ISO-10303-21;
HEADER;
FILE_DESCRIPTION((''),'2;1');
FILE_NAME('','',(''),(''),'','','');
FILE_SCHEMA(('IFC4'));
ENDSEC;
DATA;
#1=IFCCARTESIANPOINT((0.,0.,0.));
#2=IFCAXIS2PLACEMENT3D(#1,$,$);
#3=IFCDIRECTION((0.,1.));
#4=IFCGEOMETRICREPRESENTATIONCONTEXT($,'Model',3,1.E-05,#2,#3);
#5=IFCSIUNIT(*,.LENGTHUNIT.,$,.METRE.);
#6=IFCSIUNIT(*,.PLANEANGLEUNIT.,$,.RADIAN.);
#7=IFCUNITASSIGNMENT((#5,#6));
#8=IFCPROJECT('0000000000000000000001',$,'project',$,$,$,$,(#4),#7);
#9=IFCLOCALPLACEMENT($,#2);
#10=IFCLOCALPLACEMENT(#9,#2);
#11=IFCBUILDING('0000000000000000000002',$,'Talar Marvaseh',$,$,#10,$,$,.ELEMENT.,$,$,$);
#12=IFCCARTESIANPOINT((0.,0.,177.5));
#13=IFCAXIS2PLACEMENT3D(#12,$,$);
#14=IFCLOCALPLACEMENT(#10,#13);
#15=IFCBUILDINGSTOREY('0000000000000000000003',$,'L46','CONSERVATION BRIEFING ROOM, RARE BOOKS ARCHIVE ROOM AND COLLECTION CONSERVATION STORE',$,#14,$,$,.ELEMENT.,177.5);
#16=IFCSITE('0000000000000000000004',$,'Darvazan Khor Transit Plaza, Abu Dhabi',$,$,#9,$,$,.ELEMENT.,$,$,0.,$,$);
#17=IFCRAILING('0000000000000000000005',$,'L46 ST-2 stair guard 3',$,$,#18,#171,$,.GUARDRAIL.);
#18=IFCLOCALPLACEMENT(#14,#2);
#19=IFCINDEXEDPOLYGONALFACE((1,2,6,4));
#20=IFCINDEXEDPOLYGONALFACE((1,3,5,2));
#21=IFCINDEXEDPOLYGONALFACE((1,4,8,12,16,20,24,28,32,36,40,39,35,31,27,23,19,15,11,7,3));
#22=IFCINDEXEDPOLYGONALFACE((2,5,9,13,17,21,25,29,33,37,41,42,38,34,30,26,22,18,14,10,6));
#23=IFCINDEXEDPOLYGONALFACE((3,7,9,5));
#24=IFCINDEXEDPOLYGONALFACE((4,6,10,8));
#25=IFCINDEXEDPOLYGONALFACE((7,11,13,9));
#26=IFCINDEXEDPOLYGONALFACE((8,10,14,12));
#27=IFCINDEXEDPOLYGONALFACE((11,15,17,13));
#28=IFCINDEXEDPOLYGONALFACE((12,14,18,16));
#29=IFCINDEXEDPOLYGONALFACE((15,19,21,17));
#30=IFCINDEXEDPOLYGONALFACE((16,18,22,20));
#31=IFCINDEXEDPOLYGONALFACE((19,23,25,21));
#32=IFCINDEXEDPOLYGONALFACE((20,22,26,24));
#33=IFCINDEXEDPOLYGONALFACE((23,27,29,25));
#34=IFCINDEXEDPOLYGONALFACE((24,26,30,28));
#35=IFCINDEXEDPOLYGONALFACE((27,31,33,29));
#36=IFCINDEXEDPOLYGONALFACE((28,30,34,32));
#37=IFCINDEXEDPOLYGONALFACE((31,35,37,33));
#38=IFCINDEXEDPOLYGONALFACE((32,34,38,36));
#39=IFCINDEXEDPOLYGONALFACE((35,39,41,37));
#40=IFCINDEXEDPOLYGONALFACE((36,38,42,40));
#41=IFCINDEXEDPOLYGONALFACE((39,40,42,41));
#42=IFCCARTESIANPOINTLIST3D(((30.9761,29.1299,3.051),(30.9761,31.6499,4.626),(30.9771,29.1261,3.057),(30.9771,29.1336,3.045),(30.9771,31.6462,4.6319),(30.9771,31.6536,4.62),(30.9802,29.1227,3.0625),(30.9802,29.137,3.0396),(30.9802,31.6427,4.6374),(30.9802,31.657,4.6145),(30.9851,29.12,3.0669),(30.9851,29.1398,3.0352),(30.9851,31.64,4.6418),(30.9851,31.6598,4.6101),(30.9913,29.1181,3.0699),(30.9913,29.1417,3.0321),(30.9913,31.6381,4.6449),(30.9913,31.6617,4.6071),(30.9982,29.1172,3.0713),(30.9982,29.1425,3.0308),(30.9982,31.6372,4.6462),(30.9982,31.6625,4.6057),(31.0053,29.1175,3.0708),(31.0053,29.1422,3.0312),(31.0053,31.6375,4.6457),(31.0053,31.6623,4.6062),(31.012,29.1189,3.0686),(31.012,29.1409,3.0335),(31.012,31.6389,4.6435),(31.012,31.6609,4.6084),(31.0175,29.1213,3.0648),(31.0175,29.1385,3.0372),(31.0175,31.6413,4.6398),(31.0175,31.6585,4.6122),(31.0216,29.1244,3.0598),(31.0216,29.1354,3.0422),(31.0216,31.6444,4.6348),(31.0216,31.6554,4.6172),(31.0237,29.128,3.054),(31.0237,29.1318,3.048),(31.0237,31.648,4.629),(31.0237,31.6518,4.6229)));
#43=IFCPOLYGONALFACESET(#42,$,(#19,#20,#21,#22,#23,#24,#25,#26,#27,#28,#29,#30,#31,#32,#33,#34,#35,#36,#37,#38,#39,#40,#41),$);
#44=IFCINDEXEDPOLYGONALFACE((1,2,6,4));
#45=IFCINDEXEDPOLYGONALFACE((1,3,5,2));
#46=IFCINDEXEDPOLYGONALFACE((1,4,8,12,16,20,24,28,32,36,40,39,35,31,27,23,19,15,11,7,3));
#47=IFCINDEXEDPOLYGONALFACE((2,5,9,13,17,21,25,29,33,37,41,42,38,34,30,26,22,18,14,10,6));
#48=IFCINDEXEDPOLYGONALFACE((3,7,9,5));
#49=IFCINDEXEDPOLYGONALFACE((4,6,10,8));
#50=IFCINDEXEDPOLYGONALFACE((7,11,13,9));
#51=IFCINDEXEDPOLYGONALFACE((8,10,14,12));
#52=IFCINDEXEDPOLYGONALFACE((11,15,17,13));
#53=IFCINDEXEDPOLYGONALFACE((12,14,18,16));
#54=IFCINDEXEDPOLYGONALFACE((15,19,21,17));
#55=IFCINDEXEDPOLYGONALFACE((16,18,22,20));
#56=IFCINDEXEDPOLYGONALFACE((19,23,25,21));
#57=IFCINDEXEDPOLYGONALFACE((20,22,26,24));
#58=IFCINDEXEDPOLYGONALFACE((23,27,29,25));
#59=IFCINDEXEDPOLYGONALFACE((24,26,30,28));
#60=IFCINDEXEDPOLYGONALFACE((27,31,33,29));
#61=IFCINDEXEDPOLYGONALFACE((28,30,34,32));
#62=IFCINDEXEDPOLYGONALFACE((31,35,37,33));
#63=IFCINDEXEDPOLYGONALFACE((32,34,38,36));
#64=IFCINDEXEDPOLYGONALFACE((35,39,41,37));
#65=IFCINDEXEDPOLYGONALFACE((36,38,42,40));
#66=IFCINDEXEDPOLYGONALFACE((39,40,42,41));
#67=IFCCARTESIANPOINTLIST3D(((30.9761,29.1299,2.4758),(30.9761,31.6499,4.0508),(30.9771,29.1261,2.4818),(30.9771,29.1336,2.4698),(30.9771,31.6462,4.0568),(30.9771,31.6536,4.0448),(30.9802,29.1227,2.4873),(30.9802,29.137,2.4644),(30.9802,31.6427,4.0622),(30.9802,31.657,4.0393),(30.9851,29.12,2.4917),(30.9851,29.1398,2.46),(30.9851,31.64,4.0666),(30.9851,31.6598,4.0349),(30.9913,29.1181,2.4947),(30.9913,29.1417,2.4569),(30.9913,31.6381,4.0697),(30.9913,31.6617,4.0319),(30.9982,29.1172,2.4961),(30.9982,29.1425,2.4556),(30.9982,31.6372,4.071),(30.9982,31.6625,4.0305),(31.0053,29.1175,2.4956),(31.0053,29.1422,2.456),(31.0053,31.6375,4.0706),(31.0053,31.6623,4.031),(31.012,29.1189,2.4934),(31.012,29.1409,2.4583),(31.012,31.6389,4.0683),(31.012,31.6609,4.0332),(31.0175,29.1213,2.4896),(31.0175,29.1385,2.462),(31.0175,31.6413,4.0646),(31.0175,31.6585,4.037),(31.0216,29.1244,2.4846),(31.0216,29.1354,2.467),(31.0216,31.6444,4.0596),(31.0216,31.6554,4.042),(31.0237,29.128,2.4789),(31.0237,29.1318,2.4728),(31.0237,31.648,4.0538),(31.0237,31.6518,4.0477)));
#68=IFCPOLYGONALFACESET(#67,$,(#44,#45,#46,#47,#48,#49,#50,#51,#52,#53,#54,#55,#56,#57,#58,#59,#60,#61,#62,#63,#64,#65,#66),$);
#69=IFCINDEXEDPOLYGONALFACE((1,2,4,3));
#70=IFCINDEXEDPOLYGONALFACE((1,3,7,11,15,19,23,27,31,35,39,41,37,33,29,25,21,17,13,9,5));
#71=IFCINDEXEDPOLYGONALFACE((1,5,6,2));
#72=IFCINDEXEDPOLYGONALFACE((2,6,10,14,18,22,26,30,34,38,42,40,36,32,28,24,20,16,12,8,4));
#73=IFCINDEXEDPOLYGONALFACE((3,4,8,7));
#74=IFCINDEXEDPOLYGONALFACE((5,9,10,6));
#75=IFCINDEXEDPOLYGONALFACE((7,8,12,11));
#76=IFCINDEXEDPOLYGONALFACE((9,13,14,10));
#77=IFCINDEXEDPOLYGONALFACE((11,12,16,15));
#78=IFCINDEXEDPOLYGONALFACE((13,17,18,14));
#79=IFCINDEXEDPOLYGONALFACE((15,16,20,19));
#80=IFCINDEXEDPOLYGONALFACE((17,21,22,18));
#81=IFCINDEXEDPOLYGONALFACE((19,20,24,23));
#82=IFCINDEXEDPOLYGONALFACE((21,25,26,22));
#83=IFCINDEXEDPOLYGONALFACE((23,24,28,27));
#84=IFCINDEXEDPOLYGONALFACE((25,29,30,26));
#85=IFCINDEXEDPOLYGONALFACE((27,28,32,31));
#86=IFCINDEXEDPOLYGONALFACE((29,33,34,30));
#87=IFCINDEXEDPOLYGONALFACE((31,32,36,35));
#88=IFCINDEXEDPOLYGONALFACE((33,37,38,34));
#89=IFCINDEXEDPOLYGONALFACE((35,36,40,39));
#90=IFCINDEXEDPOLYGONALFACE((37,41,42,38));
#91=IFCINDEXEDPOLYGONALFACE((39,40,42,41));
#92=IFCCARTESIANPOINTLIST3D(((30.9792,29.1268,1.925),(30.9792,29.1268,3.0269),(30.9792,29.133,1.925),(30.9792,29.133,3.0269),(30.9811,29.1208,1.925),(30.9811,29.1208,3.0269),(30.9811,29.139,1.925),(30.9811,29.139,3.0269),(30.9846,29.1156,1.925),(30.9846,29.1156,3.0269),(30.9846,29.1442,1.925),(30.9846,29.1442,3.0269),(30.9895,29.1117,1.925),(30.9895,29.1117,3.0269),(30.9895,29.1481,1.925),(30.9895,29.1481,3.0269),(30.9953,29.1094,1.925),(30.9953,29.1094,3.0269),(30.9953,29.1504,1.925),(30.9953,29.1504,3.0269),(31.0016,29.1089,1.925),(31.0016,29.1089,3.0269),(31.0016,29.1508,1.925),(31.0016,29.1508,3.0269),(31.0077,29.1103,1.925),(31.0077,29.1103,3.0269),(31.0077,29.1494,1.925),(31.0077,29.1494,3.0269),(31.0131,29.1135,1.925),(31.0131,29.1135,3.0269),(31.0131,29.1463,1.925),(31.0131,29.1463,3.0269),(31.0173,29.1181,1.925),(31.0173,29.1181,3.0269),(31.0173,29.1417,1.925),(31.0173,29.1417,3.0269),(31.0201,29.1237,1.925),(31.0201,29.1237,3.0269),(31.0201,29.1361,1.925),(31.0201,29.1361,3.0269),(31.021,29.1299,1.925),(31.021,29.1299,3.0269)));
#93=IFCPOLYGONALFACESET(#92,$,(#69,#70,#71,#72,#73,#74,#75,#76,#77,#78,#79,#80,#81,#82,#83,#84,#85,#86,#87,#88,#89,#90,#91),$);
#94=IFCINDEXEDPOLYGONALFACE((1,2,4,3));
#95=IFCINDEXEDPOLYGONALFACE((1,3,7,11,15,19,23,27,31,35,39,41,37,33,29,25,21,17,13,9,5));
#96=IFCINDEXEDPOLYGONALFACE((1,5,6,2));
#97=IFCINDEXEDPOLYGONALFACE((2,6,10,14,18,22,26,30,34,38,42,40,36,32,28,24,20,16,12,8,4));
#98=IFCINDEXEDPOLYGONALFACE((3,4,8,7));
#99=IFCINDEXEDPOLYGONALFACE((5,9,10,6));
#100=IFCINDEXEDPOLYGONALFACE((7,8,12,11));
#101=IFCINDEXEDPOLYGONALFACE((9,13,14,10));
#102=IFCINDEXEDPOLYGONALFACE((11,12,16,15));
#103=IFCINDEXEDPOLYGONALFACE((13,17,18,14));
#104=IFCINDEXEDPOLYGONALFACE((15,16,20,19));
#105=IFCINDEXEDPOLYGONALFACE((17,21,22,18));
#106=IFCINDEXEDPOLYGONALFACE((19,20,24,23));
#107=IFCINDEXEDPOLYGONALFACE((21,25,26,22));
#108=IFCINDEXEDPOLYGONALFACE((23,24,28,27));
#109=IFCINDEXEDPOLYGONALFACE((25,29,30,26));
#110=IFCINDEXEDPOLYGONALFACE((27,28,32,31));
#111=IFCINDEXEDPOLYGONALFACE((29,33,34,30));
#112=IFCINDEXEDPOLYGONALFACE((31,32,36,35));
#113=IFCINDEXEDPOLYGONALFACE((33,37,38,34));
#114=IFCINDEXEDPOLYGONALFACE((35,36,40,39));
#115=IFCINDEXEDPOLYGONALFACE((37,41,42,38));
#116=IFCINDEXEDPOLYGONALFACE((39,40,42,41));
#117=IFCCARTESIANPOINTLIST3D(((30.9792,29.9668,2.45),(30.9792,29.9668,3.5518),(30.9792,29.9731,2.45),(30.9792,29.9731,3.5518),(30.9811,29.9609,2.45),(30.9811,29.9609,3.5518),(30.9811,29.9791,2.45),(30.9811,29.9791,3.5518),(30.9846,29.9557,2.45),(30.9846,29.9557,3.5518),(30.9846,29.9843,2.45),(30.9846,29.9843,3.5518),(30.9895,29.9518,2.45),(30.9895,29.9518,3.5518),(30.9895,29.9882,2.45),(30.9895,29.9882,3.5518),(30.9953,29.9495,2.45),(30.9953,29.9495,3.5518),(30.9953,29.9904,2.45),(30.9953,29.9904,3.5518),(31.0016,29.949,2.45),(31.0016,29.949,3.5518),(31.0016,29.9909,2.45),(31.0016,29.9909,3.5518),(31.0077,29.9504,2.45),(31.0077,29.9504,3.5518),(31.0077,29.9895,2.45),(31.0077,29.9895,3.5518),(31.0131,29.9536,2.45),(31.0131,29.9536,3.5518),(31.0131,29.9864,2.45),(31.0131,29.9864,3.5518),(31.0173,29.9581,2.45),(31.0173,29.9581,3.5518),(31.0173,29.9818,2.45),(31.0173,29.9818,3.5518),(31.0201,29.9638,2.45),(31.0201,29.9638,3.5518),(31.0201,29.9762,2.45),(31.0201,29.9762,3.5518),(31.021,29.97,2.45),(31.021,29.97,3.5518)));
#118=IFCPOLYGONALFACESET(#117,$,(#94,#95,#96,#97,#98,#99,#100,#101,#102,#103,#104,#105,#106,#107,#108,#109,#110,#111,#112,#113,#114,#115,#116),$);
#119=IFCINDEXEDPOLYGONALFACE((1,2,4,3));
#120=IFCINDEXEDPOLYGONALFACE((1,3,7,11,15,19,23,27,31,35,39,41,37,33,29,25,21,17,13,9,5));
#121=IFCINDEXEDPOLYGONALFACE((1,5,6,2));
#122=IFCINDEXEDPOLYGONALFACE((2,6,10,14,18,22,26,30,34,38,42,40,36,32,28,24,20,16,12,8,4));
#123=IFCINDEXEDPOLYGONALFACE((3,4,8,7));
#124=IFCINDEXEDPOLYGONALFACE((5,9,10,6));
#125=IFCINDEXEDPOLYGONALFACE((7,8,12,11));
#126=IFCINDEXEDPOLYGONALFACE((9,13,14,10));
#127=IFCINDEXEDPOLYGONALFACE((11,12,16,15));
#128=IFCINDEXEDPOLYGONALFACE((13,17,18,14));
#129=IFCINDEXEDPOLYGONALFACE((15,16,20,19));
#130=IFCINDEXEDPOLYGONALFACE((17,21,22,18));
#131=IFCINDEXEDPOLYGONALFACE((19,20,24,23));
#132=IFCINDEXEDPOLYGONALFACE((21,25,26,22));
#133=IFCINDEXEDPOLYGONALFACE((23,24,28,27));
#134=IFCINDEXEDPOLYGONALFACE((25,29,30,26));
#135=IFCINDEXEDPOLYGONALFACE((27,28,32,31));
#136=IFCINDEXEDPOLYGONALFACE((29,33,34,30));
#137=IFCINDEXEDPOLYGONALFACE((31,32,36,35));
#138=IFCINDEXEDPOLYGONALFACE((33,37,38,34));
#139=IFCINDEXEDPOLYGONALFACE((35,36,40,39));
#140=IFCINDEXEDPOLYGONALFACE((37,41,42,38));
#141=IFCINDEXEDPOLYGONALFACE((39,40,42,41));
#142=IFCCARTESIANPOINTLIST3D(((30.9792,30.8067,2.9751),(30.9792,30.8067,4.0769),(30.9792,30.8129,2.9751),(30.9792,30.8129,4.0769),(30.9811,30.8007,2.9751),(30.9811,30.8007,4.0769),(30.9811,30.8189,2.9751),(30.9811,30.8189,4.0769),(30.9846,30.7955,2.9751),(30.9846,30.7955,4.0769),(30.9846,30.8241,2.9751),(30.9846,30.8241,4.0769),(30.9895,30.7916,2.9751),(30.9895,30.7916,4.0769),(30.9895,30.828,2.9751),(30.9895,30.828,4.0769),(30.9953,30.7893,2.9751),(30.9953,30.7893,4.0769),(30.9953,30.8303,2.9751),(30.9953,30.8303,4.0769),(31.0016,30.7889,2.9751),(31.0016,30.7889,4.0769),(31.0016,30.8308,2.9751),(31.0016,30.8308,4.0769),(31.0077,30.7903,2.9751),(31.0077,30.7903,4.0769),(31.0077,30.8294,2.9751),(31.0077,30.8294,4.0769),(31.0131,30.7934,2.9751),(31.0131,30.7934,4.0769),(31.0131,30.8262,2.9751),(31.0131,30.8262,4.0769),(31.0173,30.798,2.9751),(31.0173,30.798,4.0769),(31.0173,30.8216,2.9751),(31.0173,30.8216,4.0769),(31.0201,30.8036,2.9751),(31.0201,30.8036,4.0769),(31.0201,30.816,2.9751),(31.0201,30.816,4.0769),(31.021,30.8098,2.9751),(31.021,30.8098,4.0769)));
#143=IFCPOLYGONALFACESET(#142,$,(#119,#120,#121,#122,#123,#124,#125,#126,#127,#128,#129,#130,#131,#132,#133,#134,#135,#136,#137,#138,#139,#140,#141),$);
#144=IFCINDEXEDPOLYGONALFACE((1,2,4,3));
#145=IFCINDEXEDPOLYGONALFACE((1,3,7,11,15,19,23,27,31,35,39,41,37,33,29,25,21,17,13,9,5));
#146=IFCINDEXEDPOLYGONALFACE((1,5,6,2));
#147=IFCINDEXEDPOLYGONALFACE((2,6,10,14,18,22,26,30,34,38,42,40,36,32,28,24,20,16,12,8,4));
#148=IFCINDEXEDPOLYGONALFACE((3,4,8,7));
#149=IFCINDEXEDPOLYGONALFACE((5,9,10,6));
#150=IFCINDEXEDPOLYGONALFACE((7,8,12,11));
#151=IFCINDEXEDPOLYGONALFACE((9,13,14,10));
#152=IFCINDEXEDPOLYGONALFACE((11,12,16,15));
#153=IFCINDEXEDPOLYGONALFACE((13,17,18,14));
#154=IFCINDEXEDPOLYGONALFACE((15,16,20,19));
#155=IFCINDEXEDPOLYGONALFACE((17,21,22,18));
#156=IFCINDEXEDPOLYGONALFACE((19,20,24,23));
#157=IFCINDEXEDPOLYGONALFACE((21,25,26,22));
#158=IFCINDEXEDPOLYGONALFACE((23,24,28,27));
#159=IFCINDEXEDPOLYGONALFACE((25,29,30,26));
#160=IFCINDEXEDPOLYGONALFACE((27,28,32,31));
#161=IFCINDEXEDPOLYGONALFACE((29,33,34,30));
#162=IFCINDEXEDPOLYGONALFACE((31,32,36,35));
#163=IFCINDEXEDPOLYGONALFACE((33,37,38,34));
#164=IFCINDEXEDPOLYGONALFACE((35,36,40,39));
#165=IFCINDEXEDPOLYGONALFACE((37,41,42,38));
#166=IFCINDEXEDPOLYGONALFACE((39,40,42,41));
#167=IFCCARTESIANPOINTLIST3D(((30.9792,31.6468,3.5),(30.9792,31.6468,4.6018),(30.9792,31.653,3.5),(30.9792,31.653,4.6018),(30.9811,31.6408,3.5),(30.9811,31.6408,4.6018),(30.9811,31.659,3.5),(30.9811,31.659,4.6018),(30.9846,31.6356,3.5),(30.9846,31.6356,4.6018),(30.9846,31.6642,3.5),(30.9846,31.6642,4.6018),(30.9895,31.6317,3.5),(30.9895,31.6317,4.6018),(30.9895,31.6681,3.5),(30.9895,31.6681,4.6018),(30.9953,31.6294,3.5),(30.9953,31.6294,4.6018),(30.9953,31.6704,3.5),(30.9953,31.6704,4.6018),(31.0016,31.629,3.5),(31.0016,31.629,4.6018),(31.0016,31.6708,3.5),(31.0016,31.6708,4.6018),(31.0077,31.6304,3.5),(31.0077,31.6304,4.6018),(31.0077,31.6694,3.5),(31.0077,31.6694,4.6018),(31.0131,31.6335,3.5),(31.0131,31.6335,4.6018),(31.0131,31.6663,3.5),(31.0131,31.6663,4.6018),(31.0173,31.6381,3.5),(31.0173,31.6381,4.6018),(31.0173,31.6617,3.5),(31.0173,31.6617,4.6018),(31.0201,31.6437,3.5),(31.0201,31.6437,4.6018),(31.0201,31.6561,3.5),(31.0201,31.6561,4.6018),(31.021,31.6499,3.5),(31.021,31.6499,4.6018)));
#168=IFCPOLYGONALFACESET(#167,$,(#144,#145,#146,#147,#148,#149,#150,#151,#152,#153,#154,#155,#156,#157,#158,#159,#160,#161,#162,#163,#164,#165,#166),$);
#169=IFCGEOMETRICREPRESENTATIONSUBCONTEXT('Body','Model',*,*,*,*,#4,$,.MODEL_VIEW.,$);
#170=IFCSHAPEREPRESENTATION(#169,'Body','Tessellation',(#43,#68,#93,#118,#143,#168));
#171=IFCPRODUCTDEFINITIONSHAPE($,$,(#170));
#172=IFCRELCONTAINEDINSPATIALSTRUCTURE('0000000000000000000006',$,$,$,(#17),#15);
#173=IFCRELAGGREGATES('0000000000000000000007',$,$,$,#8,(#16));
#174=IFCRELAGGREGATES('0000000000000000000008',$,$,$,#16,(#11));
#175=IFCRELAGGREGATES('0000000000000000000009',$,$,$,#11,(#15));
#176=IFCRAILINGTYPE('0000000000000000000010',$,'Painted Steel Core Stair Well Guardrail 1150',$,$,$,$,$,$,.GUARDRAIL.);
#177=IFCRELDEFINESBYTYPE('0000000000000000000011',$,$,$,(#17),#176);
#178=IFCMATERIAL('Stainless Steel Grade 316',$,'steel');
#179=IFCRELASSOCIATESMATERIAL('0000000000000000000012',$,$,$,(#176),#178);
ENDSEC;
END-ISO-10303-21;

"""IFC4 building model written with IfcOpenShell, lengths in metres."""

from ifc_helpers import new_model, si_unit, direction, frame, origin, origin_2d, place, context, subcontext, project, spatial, circle, extrude, material, type_object, element, save


model = new_model("IFC4")

# Units and contexts
model_context = context("Model", 3, precision=1e-05, world=origin(), true_north=direction((0.0, 1.0)))
body_context = subcontext(model_context, "Body", "Model", "MODEL_VIEW")
ifc_project = project(units=[si_unit("LENGTHUNIT", "METRE"), si_unit("PLANEANGLEUNIT", "RADIAN")], contexts=[model_context])

# Site, building, storey
site_placement = place(None, origin())
site = spatial("IfcSite", under=ifc_project, at=site_placement, Name="Darvazan Khor Transit Plaza, Abu Dhabi", CompositionType="ELEMENT", RefElevation=0.0)
building_placement = place(site_placement, origin())
building = spatial("IfcBuilding", under=site, at=building_placement, Name="Talar Marvaseh", CompositionType="ELEMENT")
storey_placement = place(building_placement, frame((0.0, 0.0, 177.5)))
storey = spatial("IfcBuildingStorey", under=building, at=storey_placement, Name="L46", Description="CONSERVATION BRIEFING ROOM, RARE BOOKS ARCHIVE ROOM AND COLLECTION CONSERVATION STORE", CompositionType="ELEMENT", Elevation=177.5)

# Shared definitions
ifc_material_1 = material(Name="Stainless Steel Grade 316", Category="steel")

# Railing
railing_type_1 = type_object("IfcRailingType", Name="Painted Steel Core Stair Well Guardrail 1150", PredefinedType="GUARDRAIL", material=ifc_material_1)
railing_1_placement = place(storey_placement, frame((31.0, 29.1299, 1.925)))
element("IfcRailing", 1, at=railing_1_placement, inside=storey, type_object=railing_type_1, Name="L46 ST-2 stair guard 3", PredefinedType="GUARDRAIL", context=body_context, shape_type="SweptSolid", body=[
    extrude(circle(Radius=0.0239, at=origin_2d()), frame((0.0, 0.0, 1.126), z_axis=(0.0, 0.848008, 0.529984), x_axis=(-1.0, 0.0, 0.0)), (0.0, 0.0, 1.0), 2.9717),
    extrude(circle(Radius=0.0239, at=origin_2d()), frame((0.0, 0.0, 0.5508), z_axis=(0.0, 0.848008, 0.529984), x_axis=(-1.0, 0.0, 0.0)), (0.0, 0.0, 1.0), 2.9717),
    extrude(circle(Radius=0.021, at=origin_2d()), origin(), (0.0, 0.0, 1.0), 1.1018),
    extrude(circle(Radius=0.021, at=origin_2d()), frame((0.0, 0.8401, 0.5249)), (0.0, 0.0, 1.0), 1.1018),
    extrude(circle(Radius=0.021, at=origin_2d()), frame((0.0, 1.6799, 1.05)), (0.0, 0.0, 1.0), 1.1018),
    extrude(circle(Radius=0.021, at=origin_2d()), frame((0.0, 2.52, 1.575)), (0.0, 0.0, 1.0), 1.1018),
])

save(model, "model.ifc")
